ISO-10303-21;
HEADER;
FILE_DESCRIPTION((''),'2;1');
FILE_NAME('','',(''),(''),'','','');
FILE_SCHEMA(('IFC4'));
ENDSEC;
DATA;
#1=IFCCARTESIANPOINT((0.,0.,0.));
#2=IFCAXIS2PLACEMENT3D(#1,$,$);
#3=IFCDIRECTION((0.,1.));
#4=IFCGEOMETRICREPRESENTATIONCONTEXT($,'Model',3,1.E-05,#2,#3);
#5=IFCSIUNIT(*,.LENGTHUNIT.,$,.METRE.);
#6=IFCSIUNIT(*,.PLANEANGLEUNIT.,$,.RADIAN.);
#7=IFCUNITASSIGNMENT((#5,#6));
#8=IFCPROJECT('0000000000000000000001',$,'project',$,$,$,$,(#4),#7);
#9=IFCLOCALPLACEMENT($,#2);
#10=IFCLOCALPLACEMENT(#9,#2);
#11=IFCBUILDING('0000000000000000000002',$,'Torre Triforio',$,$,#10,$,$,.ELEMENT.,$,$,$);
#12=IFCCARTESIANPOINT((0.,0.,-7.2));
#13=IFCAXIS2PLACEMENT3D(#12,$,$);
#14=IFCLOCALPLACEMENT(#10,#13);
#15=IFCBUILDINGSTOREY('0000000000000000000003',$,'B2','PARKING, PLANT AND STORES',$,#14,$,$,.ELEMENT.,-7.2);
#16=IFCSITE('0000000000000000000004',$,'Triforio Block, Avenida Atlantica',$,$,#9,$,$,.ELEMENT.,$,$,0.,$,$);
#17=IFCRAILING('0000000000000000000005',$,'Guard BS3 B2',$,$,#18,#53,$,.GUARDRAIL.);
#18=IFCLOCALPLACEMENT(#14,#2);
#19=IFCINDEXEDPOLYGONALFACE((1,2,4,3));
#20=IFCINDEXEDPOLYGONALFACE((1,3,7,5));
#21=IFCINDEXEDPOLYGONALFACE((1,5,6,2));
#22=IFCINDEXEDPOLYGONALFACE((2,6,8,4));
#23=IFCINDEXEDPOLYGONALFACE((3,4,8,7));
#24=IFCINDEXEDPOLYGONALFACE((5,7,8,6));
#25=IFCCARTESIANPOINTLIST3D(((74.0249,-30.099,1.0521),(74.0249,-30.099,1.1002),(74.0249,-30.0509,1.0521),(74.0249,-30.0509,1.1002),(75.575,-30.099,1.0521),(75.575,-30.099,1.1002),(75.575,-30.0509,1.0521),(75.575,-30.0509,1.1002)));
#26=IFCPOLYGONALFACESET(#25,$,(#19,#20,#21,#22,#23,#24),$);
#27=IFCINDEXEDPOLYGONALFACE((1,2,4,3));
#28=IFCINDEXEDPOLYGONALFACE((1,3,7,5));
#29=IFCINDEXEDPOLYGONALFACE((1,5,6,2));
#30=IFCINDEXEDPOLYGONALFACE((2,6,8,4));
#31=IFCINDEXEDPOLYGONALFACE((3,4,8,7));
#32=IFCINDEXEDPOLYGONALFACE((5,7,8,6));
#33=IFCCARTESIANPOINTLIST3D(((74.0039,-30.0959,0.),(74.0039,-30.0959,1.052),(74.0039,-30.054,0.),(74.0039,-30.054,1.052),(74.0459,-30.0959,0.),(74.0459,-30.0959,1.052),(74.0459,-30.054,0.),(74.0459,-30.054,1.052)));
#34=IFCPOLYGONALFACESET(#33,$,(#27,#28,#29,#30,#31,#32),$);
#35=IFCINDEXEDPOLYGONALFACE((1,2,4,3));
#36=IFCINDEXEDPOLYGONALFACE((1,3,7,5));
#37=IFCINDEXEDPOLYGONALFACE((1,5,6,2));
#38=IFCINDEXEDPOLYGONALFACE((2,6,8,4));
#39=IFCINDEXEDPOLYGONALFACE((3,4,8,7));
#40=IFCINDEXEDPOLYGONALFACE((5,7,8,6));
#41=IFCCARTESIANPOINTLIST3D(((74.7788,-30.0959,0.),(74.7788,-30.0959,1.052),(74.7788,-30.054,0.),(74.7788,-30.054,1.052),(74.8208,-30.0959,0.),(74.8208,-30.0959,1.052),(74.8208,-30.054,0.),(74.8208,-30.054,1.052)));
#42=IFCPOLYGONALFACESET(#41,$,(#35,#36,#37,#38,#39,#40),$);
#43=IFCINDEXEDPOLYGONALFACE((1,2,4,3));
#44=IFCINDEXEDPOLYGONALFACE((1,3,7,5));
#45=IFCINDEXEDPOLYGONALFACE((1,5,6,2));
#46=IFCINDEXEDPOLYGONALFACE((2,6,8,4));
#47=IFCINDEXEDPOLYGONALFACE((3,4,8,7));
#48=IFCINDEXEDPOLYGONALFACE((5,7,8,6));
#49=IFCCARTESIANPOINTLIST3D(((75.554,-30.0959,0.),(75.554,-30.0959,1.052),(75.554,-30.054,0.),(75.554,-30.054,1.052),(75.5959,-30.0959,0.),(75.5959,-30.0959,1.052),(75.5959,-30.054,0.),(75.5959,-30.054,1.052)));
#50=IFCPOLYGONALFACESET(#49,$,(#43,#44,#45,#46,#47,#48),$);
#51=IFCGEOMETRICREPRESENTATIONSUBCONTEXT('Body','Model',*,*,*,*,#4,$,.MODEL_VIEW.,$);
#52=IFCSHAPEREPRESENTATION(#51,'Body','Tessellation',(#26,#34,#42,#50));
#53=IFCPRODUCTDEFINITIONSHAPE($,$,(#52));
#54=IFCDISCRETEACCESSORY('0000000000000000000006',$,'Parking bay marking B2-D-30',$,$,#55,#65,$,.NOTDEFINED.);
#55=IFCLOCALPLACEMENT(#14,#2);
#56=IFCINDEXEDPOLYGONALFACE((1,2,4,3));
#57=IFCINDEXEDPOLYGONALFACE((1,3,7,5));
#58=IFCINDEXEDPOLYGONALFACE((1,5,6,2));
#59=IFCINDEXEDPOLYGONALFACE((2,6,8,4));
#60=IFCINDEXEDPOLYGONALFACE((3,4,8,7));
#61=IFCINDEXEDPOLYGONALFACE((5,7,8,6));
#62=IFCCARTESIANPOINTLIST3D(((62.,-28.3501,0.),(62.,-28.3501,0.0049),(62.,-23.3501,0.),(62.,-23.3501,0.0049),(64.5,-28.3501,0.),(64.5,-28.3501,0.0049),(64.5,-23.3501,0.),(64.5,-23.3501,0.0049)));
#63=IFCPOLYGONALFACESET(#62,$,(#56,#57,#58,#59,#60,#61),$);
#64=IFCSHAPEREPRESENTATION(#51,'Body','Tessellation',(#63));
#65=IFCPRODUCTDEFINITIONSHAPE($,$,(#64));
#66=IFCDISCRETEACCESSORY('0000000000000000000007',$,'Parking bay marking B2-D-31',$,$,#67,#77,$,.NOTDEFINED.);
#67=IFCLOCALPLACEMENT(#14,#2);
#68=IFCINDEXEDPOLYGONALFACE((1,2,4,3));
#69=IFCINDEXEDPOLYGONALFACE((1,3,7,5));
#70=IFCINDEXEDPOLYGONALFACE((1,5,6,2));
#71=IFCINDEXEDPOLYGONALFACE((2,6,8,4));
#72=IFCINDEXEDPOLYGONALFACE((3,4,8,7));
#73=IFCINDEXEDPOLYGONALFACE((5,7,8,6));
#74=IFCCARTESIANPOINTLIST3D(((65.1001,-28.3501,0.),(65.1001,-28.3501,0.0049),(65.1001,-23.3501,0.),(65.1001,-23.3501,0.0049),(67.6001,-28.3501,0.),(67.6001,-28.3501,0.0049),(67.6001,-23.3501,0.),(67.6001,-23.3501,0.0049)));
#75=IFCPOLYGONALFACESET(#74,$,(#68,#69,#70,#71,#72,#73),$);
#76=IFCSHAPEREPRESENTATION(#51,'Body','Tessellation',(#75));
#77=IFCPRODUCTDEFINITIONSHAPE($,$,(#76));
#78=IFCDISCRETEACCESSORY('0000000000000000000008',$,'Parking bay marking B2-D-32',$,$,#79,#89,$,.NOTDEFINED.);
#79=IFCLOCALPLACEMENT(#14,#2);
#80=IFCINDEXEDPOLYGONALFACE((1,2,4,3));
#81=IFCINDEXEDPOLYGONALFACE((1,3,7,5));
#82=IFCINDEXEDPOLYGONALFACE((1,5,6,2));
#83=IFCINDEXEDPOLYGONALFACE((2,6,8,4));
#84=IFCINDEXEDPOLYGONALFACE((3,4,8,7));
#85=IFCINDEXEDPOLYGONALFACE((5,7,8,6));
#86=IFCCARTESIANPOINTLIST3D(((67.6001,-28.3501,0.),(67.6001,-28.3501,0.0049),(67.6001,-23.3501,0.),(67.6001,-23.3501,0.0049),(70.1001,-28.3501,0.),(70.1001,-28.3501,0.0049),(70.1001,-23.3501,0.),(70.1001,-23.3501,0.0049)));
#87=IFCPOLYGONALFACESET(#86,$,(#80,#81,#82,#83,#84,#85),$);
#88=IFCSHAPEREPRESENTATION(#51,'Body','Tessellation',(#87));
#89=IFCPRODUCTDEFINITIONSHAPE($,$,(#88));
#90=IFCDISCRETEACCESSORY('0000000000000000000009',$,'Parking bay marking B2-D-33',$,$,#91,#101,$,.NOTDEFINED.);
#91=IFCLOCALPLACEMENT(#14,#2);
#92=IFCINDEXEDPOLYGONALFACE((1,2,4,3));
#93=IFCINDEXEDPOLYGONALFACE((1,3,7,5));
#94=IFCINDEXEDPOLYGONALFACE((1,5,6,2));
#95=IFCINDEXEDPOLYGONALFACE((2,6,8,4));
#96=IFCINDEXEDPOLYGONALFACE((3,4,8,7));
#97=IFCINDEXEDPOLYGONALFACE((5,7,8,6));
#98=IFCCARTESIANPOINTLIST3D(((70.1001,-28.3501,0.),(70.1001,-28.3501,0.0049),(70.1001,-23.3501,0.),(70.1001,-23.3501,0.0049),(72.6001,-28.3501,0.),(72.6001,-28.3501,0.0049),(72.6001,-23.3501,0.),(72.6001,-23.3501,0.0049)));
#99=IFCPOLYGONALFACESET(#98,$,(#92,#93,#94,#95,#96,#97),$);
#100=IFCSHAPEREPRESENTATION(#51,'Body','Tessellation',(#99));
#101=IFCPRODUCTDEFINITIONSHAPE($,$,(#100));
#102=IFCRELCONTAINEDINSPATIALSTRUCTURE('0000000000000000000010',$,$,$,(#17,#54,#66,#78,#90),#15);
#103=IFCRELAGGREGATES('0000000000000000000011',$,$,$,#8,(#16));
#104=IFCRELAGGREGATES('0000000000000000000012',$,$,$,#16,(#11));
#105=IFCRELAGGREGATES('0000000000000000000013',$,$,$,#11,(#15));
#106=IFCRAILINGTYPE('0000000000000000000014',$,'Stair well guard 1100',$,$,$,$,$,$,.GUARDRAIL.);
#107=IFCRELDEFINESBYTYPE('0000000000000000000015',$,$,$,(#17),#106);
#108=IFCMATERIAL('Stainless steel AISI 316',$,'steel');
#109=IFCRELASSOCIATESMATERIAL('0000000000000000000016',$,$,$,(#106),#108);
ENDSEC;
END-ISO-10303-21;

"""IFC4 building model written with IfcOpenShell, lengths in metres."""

from ifc_helpers import new_model, si_unit, direction, frame, origin, origin_2d, place, context, subcontext, project, spatial, rectangle, extrude, material, type_object, element, save


model = new_model("IFC4")

# Units and contexts
model_context = context("Model", 3, precision=1e-05, world=origin(), true_north=direction((0.0, 1.0)))
body_context = subcontext(model_context, "Body", "Model", "MODEL_VIEW")
ifc_project = project(units=[si_unit("LENGTHUNIT", "METRE"), si_unit("PLANEANGLEUNIT", "RADIAN")], contexts=[model_context])

# Site, building, storey
site_placement = place(None, origin())
site = spatial("IfcSite", under=ifc_project, at=site_placement, Name="Triforio Block, Avenida Atlantica", CompositionType="ELEMENT", RefElevation=0.0)
building_placement = place(site_placement, origin())
building = spatial("IfcBuilding", under=site, at=building_placement, Name="Torre Triforio", CompositionType="ELEMENT")
storey_placement = place(building_placement, frame((0.0, 0.0, -7.2)))
storey = spatial("IfcBuildingStorey", under=building, at=storey_placement, Name="B2", Description="PARKING, PLANT AND STORES", CompositionType="ELEMENT", Elevation=-7.2)

# Railing
ifc_material_1 = material(Name="Stainless steel AISI 316", Category="steel")
railing_type_1 = type_object("IfcRailingType", Name="Stair well guard 1100", PredefinedType="GUARDRAIL", material=ifc_material_1)
railing_1_placement = place(storey_placement, frame((74.0249, -30.075, 0.0)))
element("IfcRailing", 1, at=railing_1_placement, inside=storey, type_object=railing_type_1, Name="Guard BS3 B2", PredefinedType="GUARDRAIL", context=body_context, shape_type="SweptSolid", body=[
    extrude(rectangle(XDim=0.0481, YDim=0.0481, at=origin_2d()), frame((0.0, 0.0, 1.0762), z_axis=(1.0, 0.0, 0.0), x_axis=(0.0, 1.0, 0.0)), (0.0, 0.0, 1.0), 1.55),
    extrude(rectangle(XDim=0.042, YDim=0.042, at=origin_2d()), origin(), (0.0, 0.0, 1.0), 1.052),
    extrude(rectangle(XDim=0.042, YDim=0.042, at=origin_2d()), frame((0.7749, 0.0, 0.0)), (0.0, 0.0, 1.0), 1.052),
    extrude(rectangle(XDim=0.042, YDim=0.042, at=origin_2d()), frame((1.55, 0.0, 0.0)), (0.0, 0.0, 1.0), 1.052),
])

# Discrete accessories
for number, where, z_axis, x_axis, name in (
    (2, (63.25, -25.8501, 0.0), (0.0, 0.0, 1.0), (1.0, 0.0, 0.0), "Parking bay marking B2-D-30"),
    (3, (66.3501, -25.8501, 0.0), (0.0, 0.0, 1.0), (1.0, 0.0, 0.0), "Parking bay marking B2-D-31"),
    (4, (68.8501, -25.8501, 0.0), (0.0, 0.0, 1.0), (1.0, 0.0, 0.0), "Parking bay marking B2-D-32"),
    (5, (71.3501, -25.8501, 0.0), (0.0, 0.0, 1.0), (1.0, 0.0, 0.0), "Parking bay marking B2-D-33"),
):
    element("IfcDiscreteAccessory", number, at=place(storey_placement, frame(where, z_axis=z_axis, x_axis=x_axis)), inside=storey, Name=name, PredefinedType="NOTDEFINED", context=body_context, shape_type="SweptSolid", body=[
        extrude(rectangle(XDim=2.5, YDim=5.0, at=origin_2d()), origin(), (0.0, 0.0, 1.0), 0.0049),
    ])

save(model, "model.ifc")
